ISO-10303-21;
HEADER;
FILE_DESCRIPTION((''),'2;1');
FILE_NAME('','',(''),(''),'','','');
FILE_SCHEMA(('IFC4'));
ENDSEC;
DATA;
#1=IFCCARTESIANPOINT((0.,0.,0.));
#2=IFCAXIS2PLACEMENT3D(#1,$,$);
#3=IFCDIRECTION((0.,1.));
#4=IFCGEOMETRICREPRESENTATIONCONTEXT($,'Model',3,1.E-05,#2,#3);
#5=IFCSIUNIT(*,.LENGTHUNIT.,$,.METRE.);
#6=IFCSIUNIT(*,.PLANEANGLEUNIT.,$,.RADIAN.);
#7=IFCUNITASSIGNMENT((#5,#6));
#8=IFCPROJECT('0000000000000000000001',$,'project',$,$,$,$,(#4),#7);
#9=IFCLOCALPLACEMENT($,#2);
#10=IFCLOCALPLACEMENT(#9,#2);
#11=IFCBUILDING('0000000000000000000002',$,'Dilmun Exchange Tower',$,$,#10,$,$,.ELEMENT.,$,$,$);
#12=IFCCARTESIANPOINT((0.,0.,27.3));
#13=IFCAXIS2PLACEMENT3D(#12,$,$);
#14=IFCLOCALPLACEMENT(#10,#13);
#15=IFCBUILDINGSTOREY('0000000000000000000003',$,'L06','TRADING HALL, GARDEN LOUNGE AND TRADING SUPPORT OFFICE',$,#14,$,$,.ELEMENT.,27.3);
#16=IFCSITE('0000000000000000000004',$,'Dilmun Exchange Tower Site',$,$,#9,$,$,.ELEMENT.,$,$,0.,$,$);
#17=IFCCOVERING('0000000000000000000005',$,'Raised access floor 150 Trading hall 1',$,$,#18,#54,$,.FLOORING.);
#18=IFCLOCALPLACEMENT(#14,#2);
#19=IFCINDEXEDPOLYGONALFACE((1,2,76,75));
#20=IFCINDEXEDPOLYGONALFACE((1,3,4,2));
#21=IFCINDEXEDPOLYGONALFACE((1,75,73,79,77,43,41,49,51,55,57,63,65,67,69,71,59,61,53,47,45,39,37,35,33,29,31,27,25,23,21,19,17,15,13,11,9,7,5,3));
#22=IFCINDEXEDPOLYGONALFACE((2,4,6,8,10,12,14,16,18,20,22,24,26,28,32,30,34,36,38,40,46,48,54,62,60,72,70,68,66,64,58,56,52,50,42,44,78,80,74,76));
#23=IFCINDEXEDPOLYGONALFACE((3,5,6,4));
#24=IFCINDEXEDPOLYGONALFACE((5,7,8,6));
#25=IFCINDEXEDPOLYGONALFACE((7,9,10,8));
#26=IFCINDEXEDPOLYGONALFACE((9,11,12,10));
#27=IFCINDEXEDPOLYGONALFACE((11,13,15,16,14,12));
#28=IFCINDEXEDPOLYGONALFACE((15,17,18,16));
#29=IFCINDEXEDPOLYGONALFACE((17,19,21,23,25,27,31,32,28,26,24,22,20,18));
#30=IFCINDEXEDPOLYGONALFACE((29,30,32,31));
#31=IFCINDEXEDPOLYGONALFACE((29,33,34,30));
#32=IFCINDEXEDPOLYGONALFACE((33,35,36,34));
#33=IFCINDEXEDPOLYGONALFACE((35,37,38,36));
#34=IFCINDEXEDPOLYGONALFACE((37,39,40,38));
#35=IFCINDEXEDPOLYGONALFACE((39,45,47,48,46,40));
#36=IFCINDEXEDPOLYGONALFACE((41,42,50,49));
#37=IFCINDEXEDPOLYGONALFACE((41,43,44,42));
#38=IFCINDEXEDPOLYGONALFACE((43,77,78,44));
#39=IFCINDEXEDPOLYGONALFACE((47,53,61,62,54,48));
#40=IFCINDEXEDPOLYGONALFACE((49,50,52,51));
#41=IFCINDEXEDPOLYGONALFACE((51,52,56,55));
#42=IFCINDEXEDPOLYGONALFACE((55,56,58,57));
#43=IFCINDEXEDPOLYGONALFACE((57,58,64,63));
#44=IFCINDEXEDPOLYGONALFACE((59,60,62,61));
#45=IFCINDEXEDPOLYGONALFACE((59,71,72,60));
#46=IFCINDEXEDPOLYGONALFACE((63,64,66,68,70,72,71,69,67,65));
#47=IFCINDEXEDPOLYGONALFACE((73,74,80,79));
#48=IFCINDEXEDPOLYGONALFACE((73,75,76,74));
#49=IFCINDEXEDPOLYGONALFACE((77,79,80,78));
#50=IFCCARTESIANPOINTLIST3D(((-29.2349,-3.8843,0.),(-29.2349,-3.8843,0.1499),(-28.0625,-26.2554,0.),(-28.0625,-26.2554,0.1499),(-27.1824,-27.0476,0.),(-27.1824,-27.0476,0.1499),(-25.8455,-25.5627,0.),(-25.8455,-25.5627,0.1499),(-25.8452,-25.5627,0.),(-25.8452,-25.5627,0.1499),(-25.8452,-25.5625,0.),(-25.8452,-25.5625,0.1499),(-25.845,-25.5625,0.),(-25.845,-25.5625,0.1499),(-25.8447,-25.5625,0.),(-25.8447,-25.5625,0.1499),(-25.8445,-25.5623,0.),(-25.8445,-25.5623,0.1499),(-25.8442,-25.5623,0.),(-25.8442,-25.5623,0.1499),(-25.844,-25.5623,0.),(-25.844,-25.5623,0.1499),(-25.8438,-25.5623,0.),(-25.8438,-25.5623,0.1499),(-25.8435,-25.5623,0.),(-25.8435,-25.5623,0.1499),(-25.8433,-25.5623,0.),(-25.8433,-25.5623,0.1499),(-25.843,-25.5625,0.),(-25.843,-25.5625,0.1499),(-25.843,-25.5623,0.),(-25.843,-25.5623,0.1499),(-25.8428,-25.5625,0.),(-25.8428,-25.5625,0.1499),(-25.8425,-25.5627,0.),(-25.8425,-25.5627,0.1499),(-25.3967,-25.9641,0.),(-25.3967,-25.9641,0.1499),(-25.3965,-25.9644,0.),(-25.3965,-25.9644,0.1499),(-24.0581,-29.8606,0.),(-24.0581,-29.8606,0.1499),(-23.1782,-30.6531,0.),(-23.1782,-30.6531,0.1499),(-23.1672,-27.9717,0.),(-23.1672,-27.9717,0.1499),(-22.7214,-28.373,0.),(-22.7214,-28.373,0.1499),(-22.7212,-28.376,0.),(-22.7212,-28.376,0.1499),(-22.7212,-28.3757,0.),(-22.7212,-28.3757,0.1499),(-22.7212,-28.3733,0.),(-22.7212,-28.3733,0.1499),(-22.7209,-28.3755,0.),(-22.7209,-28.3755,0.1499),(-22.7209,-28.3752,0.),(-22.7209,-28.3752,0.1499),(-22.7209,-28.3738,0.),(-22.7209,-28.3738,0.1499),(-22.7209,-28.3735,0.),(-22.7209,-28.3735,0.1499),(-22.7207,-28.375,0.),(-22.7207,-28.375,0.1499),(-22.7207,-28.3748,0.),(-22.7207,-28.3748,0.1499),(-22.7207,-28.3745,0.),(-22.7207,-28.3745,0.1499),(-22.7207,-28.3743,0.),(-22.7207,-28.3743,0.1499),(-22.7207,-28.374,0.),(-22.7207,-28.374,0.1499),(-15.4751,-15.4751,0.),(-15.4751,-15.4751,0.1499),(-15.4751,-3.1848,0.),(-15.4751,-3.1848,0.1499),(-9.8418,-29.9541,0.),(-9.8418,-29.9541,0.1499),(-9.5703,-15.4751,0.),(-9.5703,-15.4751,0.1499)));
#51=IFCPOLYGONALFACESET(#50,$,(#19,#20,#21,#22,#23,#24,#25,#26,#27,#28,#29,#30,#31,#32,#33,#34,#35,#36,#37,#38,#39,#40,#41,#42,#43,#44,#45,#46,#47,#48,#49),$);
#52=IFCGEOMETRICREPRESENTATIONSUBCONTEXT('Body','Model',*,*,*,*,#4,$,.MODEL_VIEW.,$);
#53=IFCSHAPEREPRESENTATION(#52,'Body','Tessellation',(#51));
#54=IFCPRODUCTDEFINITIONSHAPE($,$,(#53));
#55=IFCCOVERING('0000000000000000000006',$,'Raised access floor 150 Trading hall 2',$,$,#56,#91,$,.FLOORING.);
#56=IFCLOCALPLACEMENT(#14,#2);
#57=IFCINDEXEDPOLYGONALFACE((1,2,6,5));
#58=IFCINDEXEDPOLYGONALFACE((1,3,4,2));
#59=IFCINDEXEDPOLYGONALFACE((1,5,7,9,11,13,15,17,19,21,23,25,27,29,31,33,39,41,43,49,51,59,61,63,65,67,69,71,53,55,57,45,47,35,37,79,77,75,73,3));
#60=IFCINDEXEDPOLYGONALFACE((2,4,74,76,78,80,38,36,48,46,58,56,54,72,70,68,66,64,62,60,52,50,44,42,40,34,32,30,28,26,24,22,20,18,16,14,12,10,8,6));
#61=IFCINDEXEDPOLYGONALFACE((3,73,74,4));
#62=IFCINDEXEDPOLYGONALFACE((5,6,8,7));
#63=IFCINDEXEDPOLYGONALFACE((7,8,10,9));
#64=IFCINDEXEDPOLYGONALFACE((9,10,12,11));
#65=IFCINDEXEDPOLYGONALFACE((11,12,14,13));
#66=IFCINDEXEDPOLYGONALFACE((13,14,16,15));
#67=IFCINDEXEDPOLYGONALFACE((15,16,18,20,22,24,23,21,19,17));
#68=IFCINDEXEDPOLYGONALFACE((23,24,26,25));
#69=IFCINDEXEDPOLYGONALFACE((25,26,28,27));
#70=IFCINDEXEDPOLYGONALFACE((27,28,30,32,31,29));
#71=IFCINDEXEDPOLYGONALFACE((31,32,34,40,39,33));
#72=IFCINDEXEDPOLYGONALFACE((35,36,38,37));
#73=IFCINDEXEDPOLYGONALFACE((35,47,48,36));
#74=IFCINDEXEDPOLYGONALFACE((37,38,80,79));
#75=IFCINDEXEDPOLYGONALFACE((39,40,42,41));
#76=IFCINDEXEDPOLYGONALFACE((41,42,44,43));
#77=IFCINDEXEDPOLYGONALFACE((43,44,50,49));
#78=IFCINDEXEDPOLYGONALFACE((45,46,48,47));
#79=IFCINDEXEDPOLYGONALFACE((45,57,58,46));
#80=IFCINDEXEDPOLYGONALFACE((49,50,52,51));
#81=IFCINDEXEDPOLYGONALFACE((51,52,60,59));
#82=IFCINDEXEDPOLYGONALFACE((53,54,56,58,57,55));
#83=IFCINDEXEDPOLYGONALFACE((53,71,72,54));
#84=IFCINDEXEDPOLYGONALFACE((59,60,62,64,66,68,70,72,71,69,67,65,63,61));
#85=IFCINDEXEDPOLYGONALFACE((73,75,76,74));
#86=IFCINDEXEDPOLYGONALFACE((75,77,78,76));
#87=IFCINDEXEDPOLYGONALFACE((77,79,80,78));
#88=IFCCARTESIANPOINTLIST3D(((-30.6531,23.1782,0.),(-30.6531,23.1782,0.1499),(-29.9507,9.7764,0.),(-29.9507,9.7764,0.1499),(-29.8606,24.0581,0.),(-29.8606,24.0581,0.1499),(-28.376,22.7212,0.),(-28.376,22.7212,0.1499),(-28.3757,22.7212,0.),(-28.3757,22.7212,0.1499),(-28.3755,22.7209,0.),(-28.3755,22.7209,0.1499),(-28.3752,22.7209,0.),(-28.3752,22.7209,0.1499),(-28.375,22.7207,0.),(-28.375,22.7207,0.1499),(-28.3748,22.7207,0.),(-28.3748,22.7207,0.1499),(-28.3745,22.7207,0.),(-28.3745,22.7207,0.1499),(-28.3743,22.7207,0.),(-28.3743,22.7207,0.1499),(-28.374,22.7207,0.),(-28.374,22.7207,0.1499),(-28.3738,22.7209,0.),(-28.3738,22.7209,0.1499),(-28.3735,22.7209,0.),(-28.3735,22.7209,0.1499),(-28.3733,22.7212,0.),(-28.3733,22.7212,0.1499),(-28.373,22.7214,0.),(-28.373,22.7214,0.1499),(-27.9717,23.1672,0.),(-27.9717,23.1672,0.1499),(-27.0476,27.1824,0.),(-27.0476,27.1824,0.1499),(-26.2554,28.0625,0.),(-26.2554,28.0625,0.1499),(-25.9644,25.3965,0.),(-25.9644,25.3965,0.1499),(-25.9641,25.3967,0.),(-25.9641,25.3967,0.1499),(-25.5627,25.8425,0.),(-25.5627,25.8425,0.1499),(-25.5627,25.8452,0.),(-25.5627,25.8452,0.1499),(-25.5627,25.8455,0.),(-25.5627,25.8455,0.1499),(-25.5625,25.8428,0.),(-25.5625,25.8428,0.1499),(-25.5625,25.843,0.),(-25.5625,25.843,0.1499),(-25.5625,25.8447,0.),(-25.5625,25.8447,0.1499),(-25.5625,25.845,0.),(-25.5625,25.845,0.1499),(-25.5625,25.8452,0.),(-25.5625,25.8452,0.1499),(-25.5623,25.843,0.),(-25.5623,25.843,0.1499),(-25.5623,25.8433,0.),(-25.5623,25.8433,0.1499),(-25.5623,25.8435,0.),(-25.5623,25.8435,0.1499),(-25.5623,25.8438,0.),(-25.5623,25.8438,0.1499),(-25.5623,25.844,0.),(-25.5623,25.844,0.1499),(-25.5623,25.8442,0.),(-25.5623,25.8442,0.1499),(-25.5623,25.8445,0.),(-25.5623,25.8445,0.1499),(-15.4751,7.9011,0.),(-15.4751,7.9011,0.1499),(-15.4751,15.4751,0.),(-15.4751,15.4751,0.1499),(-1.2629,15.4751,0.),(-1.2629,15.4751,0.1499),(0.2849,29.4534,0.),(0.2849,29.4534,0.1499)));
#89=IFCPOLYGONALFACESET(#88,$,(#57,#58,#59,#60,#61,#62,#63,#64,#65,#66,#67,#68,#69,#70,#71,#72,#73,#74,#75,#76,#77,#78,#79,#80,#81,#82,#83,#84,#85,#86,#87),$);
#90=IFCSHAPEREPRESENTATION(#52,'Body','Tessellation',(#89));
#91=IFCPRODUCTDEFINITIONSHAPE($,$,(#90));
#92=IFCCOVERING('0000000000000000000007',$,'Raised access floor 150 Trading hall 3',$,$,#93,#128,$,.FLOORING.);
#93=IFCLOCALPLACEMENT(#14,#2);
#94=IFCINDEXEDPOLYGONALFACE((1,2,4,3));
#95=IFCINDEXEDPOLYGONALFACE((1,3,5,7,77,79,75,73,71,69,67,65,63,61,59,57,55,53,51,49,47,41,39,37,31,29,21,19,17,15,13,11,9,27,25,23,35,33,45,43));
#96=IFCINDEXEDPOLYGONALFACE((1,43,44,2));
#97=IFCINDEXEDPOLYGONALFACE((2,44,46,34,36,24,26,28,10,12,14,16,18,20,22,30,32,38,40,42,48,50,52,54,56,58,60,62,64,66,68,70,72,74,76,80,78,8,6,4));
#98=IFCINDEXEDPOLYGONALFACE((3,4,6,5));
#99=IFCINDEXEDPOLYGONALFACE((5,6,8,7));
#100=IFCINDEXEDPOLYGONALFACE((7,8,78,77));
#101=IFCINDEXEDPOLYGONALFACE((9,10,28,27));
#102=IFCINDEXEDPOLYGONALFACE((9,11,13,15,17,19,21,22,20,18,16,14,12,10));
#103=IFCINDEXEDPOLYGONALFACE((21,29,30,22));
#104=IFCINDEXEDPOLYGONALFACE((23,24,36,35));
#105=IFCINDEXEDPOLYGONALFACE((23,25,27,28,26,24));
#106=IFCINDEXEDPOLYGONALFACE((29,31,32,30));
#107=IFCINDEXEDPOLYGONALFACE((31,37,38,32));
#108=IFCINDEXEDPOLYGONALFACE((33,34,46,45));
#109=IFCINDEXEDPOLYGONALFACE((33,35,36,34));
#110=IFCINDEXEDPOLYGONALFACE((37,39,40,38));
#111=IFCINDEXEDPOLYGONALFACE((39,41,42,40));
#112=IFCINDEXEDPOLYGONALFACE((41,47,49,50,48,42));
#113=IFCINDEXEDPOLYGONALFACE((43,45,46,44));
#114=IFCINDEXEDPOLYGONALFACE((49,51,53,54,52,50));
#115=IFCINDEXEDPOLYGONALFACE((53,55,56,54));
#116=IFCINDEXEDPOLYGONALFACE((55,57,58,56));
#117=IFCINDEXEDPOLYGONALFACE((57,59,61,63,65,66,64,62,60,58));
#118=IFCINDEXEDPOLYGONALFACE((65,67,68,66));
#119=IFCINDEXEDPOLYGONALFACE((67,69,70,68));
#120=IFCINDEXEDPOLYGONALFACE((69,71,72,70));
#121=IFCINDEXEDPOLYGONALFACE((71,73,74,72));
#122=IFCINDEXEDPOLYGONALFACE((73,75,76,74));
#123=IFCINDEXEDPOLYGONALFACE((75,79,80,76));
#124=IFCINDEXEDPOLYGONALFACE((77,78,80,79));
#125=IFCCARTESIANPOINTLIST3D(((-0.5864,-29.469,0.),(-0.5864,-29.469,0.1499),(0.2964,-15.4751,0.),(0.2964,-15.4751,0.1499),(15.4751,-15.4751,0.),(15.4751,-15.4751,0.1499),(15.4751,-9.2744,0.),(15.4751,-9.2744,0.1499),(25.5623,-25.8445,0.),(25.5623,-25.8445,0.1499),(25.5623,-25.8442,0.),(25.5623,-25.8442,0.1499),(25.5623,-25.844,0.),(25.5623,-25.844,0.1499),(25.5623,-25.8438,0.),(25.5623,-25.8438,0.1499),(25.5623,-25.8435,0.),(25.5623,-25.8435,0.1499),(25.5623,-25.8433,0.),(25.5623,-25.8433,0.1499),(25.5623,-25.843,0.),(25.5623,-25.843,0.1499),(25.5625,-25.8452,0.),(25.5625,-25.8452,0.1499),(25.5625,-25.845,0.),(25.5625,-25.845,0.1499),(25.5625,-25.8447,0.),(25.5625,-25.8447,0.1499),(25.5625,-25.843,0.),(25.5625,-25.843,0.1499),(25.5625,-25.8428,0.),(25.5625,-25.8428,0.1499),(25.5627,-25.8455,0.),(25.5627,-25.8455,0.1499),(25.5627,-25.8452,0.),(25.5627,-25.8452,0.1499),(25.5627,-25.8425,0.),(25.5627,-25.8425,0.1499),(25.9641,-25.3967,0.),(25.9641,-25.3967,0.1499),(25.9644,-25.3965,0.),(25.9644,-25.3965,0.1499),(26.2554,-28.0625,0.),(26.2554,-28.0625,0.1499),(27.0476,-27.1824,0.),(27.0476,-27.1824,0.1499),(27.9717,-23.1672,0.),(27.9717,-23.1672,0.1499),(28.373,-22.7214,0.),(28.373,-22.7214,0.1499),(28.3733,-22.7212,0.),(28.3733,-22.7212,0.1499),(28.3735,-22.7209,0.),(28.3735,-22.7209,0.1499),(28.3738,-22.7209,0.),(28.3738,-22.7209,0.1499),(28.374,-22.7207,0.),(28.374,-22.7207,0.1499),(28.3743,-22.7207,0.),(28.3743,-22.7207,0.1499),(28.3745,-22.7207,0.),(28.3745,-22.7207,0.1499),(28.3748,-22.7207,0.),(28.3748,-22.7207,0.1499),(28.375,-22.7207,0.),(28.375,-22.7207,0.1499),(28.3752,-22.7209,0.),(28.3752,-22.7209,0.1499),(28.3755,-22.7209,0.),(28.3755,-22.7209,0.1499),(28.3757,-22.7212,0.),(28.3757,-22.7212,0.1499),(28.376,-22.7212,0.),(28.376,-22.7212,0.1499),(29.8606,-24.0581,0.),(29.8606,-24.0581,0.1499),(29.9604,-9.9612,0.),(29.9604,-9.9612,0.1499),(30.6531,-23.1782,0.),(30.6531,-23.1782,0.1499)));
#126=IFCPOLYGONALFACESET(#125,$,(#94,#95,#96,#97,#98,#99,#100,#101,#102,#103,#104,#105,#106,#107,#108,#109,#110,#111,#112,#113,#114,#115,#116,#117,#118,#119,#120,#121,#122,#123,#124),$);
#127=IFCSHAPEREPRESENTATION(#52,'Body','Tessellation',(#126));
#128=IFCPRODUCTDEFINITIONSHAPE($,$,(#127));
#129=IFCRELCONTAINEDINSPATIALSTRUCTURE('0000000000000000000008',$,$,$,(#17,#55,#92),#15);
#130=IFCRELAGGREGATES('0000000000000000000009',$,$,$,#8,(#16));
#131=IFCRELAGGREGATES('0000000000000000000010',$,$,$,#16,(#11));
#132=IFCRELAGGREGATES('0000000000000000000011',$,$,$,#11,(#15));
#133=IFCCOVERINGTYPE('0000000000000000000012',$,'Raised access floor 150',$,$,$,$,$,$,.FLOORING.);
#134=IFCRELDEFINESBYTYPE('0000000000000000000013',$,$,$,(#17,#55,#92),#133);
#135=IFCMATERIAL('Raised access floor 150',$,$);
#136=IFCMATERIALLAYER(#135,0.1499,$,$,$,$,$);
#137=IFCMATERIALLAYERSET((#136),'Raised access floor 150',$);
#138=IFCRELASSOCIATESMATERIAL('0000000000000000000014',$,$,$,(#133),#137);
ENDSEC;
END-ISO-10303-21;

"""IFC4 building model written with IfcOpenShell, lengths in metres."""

from ifc_helpers import new_model, si_unit, direction, frame, origin, place, context, subcontext, project, spatial, polyline, outline, extrude, material, layer, layer_set, type_object, element, save


model = new_model("IFC4")

# Units and contexts
model_context = context("Model", 3, precision=1e-05, world=origin(), true_north=direction((0.0, 1.0)))
body_context = subcontext(model_context, "Body", "Model", "MODEL_VIEW")
ifc_project = project(units=[si_unit("LENGTHUNIT", "METRE"), si_unit("PLANEANGLEUNIT", "RADIAN")], contexts=[model_context])

# Site, building, storey
site_placement = place(None, origin())
site = spatial("IfcSite", under=ifc_project, at=site_placement, Name="Dilmun Exchange Tower Site", CompositionType="ELEMENT", RefElevation=0.0)
building_placement = place(site_placement, origin())
building = spatial("IfcBuilding", under=site, at=building_placement, Name="Dilmun Exchange Tower", CompositionType="ELEMENT")
storey_placement = place(building_placement, frame((0.0, 0.0, 27.3)))
storey = spatial("IfcBuildingStorey", under=building, at=storey_placement, Name="L06", Description="TRADING HALL, GARDEN LOUNGE AND TRADING SUPPORT OFFICE", CompositionType="ELEMENT", Elevation=27.3)

# Coverings
ifc_material_1 = material(Name="Raised access floor 150")
ifc_layer_1 = layer(ifc_material_1, 0.1499)
ifc_layer_set_1 = layer_set([ifc_layer_1], Name="Raised access floor 150")
covering_type_1 = type_object("IfcCoveringType", Name="Raised access floor 150", PredefinedType="FLOORING", material=ifc_layer_set_1)
covering_1_placement = place(storey_placement, origin())
element("IfcCovering", 1, at=covering_1_placement, inside=storey, type_object=covering_type_1, Name="Raised access floor 150 Trading hall 1", PredefinedType="FLOORING", context=body_context, shape_type="SweptSolid", body=[
    extrude(outline(polyline([(-15.4751, -3.1848), (-15.4751, -15.4751), (-9.5703, -15.4751), (-9.8418, -29.9541), (-23.1782, -30.6531), (-24.0581, -29.8606), (-22.7212, -28.376), (-22.7212, -28.3757), (-22.7209, -28.3755), (-22.7209, -28.3755), (-22.7209, -28.3752), (-22.7207, -28.375), (-22.7207, -28.3748), (-22.7207, -28.3745), (-22.7207, -28.3745), (-22.7207, -28.3743), (-22.7207, -28.374), (-22.7209, -28.3738), (-22.7209, -28.3738), (-22.7209, -28.3735), (-22.7212, -28.3733), (-22.7212, -28.3733), (-22.7214, -28.373), (-23.1672, -27.9717), (-23.1672, -27.9717), (-23.1672, -27.9717), (-25.3965, -25.9644), (-25.3965, -25.9644), (-25.3967, -25.9641), (-25.8425, -25.5627), (-25.8428, -25.5625), (-25.843, -25.5625), (-25.843, -25.5623), (-25.8433, -25.5623), (-25.8435, -25.5623), (-25.8438, -25.5623), (-25.8438, -25.5623), (-25.844, -25.5623), (-25.8442, -25.5623), (-25.8445, -25.5623), (-25.8445, -25.5623), (-25.8447, -25.5625), (-25.845, -25.5625), (-25.8452, -25.5625), (-25.8452, -25.5627), (-25.8455, -25.5627), (-27.1824, -27.0476), (-28.0625, -26.2554), (-29.2349, -3.8843), (-15.4751, -3.1848)])), origin(), (0.0, 0.0, 1.0), 0.1499),
])
covering_2_placement = place(storey_placement, origin())
element("IfcCovering", 2, at=covering_2_placement, inside=storey, type_object=covering_type_1, Name="Raised access floor 150 Trading hall 2", PredefinedType="FLOORING", context=body_context, shape_type="SweptSolid", body=[
    extrude(outline(polyline([(-1.2629, 15.4751), (-15.4751, 15.4751), (-15.4751, 7.9011), (-29.9507, 9.7764), (-30.6531, 23.1782), (-29.8606, 24.0581), (-28.376, 22.7212), (-28.3757, 22.7212), (-28.3755, 22.7209), (-28.3755, 22.7209), (-28.3752, 22.7209), (-28.375, 22.7207), (-28.3748, 22.7207), (-28.3745, 22.7207), (-28.3745, 22.7207), (-28.3743, 22.7207), (-28.374, 22.7207), (-28.3738, 22.7209), (-28.3738, 22.7209), (-28.3735, 22.7209), (-28.3733, 22.7212), (-28.3733, 22.7212), (-28.373, 22.7214), (-27.9717, 23.1672), (-27.9717, 23.1672), (-27.9717, 23.1672), (-25.9644, 25.3965), (-25.9644, 25.3965), (-25.9641, 25.3967), (-25.5627, 25.8425), (-25.5625, 25.8428), (-25.5625, 25.843), (-25.5623, 25.843), (-25.5623, 25.8433), (-25.5623, 25.8435), (-25.5623, 25.8438), (-25.5623, 25.8438), (-25.5623, 25.844), (-25.5623, 25.8442), (-25.5623, 25.8445), (-25.5623, 25.8445), (-25.5625, 25.8447), (-25.5625, 25.845), (-25.5625, 25.8452), (-25.5627, 25.8452), (-25.5627, 25.8455), (-27.0476, 27.1824), (-26.2554, 28.0625), (0.2849, 29.4534), (-1.2629, 15.4751)])), origin(), (0.0, 0.0, 1.0), 0.1499),
])
covering_3_placement = place(storey_placement, origin())
element("IfcCovering", 3, at=covering_3_placement, inside=storey, type_object=covering_type_1, Name="Raised access floor 150 Trading hall 3", PredefinedType="FLOORING", context=body_context, shape_type="SweptSolid", body=[
    extrude(outline(polyline([(0.2964, -15.4751), (15.4751, -15.4751), (15.4751, -9.2744), (29.9604, -9.9612), (30.6531, -23.1782), (29.8606, -24.0581), (28.376, -22.7212), (28.3757, -22.7212), (28.3755, -22.7209), (28.3755, -22.7209), (28.3752, -22.7209), (28.375, -22.7207), (28.3748, -22.7207), (28.3745, -22.7207), (28.3745, -22.7207), (28.3743, -22.7207), (28.374, -22.7207), (28.3738, -22.7209), (28.3738, -22.7209), (28.3735, -22.7209), (28.3733, -22.7212), (28.3733, -22.7212), (28.373, -22.7214), (27.9717, -23.1672), (27.9717, -23.1672), (27.9717, -23.1672), (25.9644, -25.3965), (25.9644, -25.3965), (25.9641, -25.3967), (25.5627, -25.8425), (25.5625, -25.8428), (25.5625, -25.843), (25.5623, -25.843), (25.5623, -25.8433), (25.5623, -25.8435), (25.5623, -25.8438), (25.5623, -25.8438), (25.5623, -25.844), (25.5623, -25.8442), (25.5623, -25.8445), (25.5623, -25.8445), (25.5625, -25.8447), (25.5625, -25.845), (25.5625, -25.8452), (25.5627, -25.8452), (25.5627, -25.8455), (27.0476, -27.1824), (26.2554, -28.0625), (-0.5864, -29.469), (0.2964, -15.4751)])), origin(), (0.0, 0.0, 1.0), 0.1499),
])

save(model, "model.ifc")
